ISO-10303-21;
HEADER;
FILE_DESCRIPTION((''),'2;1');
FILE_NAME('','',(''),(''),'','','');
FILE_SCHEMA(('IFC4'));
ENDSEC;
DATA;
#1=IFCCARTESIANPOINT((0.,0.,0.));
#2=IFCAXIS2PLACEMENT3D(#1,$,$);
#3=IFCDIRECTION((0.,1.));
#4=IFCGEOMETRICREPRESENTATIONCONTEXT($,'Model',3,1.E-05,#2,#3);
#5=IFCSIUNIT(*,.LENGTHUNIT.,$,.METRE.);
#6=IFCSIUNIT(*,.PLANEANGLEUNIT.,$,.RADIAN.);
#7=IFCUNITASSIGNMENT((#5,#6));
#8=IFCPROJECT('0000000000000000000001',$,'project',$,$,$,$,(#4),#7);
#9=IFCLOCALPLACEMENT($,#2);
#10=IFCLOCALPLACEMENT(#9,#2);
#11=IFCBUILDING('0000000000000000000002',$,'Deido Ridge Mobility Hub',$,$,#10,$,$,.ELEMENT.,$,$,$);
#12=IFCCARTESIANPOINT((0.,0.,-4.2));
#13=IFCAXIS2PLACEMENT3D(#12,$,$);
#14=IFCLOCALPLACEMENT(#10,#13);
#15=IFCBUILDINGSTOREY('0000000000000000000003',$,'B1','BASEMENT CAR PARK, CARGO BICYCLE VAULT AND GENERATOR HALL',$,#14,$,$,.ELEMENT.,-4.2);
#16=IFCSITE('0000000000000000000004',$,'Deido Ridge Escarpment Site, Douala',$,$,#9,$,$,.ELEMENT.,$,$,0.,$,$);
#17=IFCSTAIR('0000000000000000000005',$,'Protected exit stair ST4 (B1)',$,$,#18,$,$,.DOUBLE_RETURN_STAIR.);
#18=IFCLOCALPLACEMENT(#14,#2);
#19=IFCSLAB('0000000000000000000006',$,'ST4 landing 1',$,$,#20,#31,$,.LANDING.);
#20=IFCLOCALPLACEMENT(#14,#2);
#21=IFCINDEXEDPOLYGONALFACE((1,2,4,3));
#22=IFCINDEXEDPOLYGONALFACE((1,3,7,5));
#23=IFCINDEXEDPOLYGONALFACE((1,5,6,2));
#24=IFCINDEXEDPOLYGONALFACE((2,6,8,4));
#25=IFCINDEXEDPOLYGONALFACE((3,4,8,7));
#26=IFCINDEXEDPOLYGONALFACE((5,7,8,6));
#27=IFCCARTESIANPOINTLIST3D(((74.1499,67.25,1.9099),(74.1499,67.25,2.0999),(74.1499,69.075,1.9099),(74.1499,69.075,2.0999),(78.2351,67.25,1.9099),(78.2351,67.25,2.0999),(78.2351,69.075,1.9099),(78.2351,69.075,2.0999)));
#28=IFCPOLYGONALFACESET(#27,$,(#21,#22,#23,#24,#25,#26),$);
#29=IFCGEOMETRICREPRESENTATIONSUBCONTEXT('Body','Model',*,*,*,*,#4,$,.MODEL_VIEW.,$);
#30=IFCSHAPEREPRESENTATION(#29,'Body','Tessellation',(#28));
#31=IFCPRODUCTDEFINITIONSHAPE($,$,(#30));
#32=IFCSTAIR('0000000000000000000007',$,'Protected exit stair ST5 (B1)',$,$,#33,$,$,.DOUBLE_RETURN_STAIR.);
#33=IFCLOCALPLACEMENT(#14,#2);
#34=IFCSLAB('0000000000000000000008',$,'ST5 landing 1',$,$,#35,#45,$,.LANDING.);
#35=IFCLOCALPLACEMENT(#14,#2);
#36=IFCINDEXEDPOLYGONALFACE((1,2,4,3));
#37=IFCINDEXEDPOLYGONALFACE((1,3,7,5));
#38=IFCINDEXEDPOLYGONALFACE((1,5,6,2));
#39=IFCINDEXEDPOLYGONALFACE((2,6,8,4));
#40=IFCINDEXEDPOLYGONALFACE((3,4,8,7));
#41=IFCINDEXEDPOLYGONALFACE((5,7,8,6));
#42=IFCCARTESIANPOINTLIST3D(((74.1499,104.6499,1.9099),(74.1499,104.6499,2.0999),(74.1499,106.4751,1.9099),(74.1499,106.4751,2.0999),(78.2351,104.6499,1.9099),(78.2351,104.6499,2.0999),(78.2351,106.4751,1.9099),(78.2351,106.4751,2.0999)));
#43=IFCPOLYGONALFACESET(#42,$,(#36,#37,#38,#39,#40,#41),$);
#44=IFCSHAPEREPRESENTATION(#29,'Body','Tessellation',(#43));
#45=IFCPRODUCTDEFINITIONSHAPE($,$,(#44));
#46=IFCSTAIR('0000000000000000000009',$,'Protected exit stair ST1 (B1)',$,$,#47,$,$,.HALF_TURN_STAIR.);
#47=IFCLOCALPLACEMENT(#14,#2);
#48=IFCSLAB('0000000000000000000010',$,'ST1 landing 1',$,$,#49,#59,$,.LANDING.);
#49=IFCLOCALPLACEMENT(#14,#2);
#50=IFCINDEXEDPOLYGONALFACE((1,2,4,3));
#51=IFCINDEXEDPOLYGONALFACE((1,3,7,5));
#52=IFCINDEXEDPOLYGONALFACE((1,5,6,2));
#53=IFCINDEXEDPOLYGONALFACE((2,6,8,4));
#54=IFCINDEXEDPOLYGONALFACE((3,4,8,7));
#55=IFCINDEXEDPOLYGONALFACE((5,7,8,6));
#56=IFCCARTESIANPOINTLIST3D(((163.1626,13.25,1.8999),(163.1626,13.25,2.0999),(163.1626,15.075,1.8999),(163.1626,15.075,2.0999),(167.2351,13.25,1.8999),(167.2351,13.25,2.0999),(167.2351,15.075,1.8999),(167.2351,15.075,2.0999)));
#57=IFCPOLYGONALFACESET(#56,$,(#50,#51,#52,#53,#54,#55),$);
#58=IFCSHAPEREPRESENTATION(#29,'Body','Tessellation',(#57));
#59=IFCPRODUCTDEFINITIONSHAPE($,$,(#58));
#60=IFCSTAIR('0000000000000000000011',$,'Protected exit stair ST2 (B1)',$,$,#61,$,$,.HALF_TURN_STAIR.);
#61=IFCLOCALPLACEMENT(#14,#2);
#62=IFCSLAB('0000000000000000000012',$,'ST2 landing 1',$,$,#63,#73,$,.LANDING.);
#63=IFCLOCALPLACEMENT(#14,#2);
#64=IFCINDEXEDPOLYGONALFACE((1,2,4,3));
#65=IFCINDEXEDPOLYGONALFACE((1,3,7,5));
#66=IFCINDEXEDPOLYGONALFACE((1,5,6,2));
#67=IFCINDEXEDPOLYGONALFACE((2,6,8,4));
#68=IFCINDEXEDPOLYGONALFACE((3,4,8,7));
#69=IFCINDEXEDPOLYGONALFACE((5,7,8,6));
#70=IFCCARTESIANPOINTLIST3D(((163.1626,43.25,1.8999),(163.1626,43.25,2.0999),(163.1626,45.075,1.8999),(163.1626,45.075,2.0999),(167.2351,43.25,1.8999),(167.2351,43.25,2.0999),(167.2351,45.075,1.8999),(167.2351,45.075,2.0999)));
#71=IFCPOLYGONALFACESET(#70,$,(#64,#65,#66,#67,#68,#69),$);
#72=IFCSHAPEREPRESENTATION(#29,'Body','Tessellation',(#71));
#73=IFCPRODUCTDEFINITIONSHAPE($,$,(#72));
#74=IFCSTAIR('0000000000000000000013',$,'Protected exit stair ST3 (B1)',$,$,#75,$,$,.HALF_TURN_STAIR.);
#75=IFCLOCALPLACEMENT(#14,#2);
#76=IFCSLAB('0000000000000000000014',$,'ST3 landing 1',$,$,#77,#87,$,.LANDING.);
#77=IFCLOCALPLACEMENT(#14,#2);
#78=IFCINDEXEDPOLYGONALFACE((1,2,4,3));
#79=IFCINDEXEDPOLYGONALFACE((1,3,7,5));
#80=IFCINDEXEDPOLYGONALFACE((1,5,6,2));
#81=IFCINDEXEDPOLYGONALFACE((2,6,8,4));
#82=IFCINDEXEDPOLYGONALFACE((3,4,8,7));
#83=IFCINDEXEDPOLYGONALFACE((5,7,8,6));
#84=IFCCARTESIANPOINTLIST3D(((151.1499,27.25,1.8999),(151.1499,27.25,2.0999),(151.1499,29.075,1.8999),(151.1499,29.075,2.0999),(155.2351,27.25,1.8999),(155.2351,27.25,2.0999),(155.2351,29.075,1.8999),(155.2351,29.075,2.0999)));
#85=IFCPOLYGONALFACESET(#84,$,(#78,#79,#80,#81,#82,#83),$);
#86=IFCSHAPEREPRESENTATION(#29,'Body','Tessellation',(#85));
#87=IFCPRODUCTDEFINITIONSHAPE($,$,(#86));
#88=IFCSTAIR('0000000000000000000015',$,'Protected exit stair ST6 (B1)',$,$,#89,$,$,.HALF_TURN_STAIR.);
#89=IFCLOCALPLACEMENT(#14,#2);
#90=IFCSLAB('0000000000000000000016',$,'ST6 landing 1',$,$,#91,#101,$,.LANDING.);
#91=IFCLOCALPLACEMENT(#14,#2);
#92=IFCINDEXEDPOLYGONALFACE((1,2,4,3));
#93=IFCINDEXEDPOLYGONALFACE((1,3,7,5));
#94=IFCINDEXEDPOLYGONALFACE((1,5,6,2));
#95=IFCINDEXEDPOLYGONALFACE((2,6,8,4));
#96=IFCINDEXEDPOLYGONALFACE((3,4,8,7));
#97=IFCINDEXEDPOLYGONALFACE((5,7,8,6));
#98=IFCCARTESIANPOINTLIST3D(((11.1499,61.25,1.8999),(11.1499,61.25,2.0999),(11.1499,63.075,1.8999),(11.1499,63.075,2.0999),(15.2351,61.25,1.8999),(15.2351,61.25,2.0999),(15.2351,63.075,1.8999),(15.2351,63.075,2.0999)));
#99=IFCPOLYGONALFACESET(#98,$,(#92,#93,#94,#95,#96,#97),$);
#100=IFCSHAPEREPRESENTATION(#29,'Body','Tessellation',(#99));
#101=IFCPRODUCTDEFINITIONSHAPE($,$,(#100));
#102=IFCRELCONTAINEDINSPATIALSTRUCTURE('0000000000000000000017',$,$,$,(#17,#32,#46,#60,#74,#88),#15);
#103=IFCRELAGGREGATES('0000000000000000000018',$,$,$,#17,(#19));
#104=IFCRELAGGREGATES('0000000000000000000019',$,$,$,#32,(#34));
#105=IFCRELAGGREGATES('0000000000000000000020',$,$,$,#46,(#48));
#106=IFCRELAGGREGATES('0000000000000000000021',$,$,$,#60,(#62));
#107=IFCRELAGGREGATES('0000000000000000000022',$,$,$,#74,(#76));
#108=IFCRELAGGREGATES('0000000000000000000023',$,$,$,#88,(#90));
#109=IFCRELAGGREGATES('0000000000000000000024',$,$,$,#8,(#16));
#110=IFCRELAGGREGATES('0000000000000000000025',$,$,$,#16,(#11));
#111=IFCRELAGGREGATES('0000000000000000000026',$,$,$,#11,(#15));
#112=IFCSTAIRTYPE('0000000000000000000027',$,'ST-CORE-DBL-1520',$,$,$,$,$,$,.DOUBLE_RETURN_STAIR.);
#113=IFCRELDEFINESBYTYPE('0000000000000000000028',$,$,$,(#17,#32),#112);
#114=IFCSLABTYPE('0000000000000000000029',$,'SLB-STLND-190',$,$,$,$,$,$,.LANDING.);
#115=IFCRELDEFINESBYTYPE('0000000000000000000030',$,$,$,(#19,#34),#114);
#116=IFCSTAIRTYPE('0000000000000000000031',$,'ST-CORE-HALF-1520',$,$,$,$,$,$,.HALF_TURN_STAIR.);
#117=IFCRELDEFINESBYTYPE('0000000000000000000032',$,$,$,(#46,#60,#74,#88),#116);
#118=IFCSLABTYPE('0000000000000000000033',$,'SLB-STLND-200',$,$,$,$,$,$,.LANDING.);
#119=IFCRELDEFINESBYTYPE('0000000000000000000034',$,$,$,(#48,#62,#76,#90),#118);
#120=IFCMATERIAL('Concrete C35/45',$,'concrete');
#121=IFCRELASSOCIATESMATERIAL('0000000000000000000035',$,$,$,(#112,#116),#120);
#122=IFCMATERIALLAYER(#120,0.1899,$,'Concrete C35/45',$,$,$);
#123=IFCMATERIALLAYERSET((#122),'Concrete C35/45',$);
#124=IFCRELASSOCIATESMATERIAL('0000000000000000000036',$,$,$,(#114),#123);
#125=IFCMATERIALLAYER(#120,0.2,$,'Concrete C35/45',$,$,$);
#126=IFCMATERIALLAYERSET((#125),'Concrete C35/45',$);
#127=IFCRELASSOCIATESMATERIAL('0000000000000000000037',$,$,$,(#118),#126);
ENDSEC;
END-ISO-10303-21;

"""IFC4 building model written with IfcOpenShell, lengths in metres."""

from ifc_helpers import new_model, si_unit, direction, frame, origin, place, context, subcontext, project, spatial, polyline, outline, extrude, material, layer, layer_set, type_object, element, aggregate, save


model = new_model("IFC4")

# Units and contexts
model_context = context("Model", 3, precision=1e-05, world=origin(), true_north=direction((0.0, 1.0)))
body_context = subcontext(model_context, "Body", "Model", "MODEL_VIEW")
ifc_project = project(units=[si_unit("LENGTHUNIT", "METRE"), si_unit("PLANEANGLEUNIT", "RADIAN")], contexts=[model_context])

# Site, building, storey
site_placement = place(None, origin())
site = spatial("IfcSite", under=ifc_project, at=site_placement, Name="Deido Ridge Escarpment Site, Douala", CompositionType="ELEMENT", RefElevation=0.0)
building_placement = place(site_placement, origin())
building = spatial("IfcBuilding", under=site, at=building_placement, Name="Deido Ridge Mobility Hub", CompositionType="ELEMENT")
storey_placement = place(building_placement, frame((0.0, 0.0, -4.2)))
storey = spatial("IfcBuildingStorey", under=building, at=storey_placement, Name="B1", Description="BASEMENT CAR PARK, CARGO BICYCLE VAULT AND GENERATOR HALL", CompositionType="ELEMENT", Elevation=-4.2)

# Shared definitions
ifc_material_1 = material(Name="Concrete C35/45", Category="concrete")

# Stairs, slabs
stair_type_1 = type_object("IfcStairType", Name="ST-CORE-DBL-1520", PredefinedType="DOUBLE_RETURN_STAIR", material=ifc_material_1)
stair_1_placement = place(storey_placement, origin())
stair_1 = element("IfcStair", 1, at=stair_1_placement, inside=storey, type_object=stair_type_1, Name="Protected exit stair ST4 (B1)", PredefinedType="DOUBLE_RETURN_STAIR")
ifc_layer_1 = layer(ifc_material_1, 0.1899, Name="Concrete C35/45")
ifc_layer_set_1 = layer_set([ifc_layer_1], Name="Concrete C35/45")
slab_type_1 = type_object("IfcSlabType", Name="SLB-STLND-190", PredefinedType="LANDING", material=ifc_layer_set_1)
slab_1_placement = place(storey_placement, frame((0.0, 0.0, 1.9099)))
slab_1 = element("IfcSlab", 2, at=slab_1_placement, type_object=slab_type_1, Name="ST4 landing 1", PredefinedType="LANDING", context=body_context, shape_type="SweptSolid", body=[
    extrude(outline(polyline([(74.1499, 67.25), (78.2351, 67.25), (78.2351, 69.075), (74.1499, 69.075), (74.1499, 67.25)])), origin(), (0.0, 0.0, 1.0), 0.1899),
])
aggregate(stair_1, [slab_1])
stair_2_placement = place(storey_placement, origin())
stair_2 = element("IfcStair", 3, at=stair_2_placement, inside=storey, type_object=stair_type_1, Name="Protected exit stair ST5 (B1)", PredefinedType="DOUBLE_RETURN_STAIR")
slab_2_placement = place(storey_placement, frame((0.0, 0.0, 1.9099)))
slab_2 = element("IfcSlab", 4, at=slab_2_placement, type_object=slab_type_1, Name="ST5 landing 1", PredefinedType="LANDING", context=body_context, shape_type="SweptSolid", body=[
    extrude(outline(polyline([(74.1499, 104.6499), (78.2351, 104.6499), (78.2351, 106.4751), (74.1499, 106.4751), (74.1499, 104.6499)])), origin(), (0.0, 0.0, 1.0), 0.1899),
])
aggregate(stair_2, [slab_2])
stair_type_2 = type_object("IfcStairType", Name="ST-CORE-HALF-1520", PredefinedType="HALF_TURN_STAIR", material=ifc_material_1)
stair_3_placement = place(storey_placement, origin())
stair_3 = element("IfcStair", 5, at=stair_3_placement, inside=storey, type_object=stair_type_2, Name="Protected exit stair ST1 (B1)", PredefinedType="HALF_TURN_STAIR")
ifc_layer_2 = layer(ifc_material_1, 0.2, Name="Concrete C35/45")
ifc_layer_set_2 = layer_set([ifc_layer_2], Name="Concrete C35/45")
slab_type_2 = type_object("IfcSlabType", Name="SLB-STLND-200", PredefinedType="LANDING", material=ifc_layer_set_2)
slab_3_placement = place(storey_placement, frame((0.0, 0.0, 1.8999)))
slab_3 = element("IfcSlab", 6, at=slab_3_placement, type_object=slab_type_2, Name="ST1 landing 1", PredefinedType="LANDING", context=body_context, shape_type="SweptSolid", body=[
    extrude(outline(polyline([(163.1626, 13.25), (167.2351, 13.25), (167.2351, 15.075), (163.1626, 15.075), (163.1626, 13.25)])), origin(), (0.0, 0.0, 1.0), 0.2),
])
aggregate(stair_3, [slab_3])
stair_4_placement = place(storey_placement, origin())
stair_4 = element("IfcStair", 7, at=stair_4_placement, inside=storey, type_object=stair_type_2, Name="Protected exit stair ST2 (B1)", PredefinedType="HALF_TURN_STAIR")
slab_4_placement = place(storey_placement, frame((0.0, 0.0, 1.8999)))
slab_4 = element("IfcSlab", 8, at=slab_4_placement, type_object=slab_type_2, Name="ST2 landing 1", PredefinedType="LANDING", context=body_context, shape_type="SweptSolid", body=[
    extrude(outline(polyline([(163.1626, 43.25), (167.2351, 43.25), (167.2351, 45.075), (163.1626, 45.075), (163.1626, 43.25)])), origin(), (0.0, 0.0, 1.0), 0.2),
])
aggregate(stair_4, [slab_4])
stair_5_placement = place(storey_placement, origin())
stair_5 = element("IfcStair", 9, at=stair_5_placement, inside=storey, type_object=stair_type_2, Name="Protected exit stair ST3 (B1)", PredefinedType="HALF_TURN_STAIR")
slab_5_placement = place(storey_placement, frame((0.0, 0.0, 1.8999)))
slab_5 = element("IfcSlab", 10, at=slab_5_placement, type_object=slab_type_2, Name="ST3 landing 1", PredefinedType="LANDING", context=body_context, shape_type="SweptSolid", body=[
    extrude(outline(polyline([(151.1499, 27.25), (155.2351, 27.25), (155.2351, 29.075), (151.1499, 29.075), (151.1499, 27.25)])), origin(), (0.0, 0.0, 1.0), 0.2),
])
aggregate(stair_5, [slab_5])
stair_6_placement = place(storey_placement, origin())
stair_6 = element("IfcStair", 11, at=stair_6_placement, inside=storey, type_object=stair_type_2, Name="Protected exit stair ST6 (B1)", PredefinedType="HALF_TURN_STAIR")
slab_6_placement = place(storey_placement, frame((0.0, 0.0, 1.8999)))
slab_6 = element("IfcSlab", 12, at=slab_6_placement, type_object=slab_type_2, Name="ST6 landing 1", PredefinedType="LANDING", context=body_context, shape_type="SweptSolid", body=[
    extrude(outline(polyline([(11.1499, 61.25), (15.2351, 61.25), (15.2351, 63.075), (11.1499, 63.075), (11.1499, 61.25)])), origin(), (0.0, 0.0, 1.0), 0.2),
])
aggregate(stair_6, [slab_6])

save(model, "model.ifc")
